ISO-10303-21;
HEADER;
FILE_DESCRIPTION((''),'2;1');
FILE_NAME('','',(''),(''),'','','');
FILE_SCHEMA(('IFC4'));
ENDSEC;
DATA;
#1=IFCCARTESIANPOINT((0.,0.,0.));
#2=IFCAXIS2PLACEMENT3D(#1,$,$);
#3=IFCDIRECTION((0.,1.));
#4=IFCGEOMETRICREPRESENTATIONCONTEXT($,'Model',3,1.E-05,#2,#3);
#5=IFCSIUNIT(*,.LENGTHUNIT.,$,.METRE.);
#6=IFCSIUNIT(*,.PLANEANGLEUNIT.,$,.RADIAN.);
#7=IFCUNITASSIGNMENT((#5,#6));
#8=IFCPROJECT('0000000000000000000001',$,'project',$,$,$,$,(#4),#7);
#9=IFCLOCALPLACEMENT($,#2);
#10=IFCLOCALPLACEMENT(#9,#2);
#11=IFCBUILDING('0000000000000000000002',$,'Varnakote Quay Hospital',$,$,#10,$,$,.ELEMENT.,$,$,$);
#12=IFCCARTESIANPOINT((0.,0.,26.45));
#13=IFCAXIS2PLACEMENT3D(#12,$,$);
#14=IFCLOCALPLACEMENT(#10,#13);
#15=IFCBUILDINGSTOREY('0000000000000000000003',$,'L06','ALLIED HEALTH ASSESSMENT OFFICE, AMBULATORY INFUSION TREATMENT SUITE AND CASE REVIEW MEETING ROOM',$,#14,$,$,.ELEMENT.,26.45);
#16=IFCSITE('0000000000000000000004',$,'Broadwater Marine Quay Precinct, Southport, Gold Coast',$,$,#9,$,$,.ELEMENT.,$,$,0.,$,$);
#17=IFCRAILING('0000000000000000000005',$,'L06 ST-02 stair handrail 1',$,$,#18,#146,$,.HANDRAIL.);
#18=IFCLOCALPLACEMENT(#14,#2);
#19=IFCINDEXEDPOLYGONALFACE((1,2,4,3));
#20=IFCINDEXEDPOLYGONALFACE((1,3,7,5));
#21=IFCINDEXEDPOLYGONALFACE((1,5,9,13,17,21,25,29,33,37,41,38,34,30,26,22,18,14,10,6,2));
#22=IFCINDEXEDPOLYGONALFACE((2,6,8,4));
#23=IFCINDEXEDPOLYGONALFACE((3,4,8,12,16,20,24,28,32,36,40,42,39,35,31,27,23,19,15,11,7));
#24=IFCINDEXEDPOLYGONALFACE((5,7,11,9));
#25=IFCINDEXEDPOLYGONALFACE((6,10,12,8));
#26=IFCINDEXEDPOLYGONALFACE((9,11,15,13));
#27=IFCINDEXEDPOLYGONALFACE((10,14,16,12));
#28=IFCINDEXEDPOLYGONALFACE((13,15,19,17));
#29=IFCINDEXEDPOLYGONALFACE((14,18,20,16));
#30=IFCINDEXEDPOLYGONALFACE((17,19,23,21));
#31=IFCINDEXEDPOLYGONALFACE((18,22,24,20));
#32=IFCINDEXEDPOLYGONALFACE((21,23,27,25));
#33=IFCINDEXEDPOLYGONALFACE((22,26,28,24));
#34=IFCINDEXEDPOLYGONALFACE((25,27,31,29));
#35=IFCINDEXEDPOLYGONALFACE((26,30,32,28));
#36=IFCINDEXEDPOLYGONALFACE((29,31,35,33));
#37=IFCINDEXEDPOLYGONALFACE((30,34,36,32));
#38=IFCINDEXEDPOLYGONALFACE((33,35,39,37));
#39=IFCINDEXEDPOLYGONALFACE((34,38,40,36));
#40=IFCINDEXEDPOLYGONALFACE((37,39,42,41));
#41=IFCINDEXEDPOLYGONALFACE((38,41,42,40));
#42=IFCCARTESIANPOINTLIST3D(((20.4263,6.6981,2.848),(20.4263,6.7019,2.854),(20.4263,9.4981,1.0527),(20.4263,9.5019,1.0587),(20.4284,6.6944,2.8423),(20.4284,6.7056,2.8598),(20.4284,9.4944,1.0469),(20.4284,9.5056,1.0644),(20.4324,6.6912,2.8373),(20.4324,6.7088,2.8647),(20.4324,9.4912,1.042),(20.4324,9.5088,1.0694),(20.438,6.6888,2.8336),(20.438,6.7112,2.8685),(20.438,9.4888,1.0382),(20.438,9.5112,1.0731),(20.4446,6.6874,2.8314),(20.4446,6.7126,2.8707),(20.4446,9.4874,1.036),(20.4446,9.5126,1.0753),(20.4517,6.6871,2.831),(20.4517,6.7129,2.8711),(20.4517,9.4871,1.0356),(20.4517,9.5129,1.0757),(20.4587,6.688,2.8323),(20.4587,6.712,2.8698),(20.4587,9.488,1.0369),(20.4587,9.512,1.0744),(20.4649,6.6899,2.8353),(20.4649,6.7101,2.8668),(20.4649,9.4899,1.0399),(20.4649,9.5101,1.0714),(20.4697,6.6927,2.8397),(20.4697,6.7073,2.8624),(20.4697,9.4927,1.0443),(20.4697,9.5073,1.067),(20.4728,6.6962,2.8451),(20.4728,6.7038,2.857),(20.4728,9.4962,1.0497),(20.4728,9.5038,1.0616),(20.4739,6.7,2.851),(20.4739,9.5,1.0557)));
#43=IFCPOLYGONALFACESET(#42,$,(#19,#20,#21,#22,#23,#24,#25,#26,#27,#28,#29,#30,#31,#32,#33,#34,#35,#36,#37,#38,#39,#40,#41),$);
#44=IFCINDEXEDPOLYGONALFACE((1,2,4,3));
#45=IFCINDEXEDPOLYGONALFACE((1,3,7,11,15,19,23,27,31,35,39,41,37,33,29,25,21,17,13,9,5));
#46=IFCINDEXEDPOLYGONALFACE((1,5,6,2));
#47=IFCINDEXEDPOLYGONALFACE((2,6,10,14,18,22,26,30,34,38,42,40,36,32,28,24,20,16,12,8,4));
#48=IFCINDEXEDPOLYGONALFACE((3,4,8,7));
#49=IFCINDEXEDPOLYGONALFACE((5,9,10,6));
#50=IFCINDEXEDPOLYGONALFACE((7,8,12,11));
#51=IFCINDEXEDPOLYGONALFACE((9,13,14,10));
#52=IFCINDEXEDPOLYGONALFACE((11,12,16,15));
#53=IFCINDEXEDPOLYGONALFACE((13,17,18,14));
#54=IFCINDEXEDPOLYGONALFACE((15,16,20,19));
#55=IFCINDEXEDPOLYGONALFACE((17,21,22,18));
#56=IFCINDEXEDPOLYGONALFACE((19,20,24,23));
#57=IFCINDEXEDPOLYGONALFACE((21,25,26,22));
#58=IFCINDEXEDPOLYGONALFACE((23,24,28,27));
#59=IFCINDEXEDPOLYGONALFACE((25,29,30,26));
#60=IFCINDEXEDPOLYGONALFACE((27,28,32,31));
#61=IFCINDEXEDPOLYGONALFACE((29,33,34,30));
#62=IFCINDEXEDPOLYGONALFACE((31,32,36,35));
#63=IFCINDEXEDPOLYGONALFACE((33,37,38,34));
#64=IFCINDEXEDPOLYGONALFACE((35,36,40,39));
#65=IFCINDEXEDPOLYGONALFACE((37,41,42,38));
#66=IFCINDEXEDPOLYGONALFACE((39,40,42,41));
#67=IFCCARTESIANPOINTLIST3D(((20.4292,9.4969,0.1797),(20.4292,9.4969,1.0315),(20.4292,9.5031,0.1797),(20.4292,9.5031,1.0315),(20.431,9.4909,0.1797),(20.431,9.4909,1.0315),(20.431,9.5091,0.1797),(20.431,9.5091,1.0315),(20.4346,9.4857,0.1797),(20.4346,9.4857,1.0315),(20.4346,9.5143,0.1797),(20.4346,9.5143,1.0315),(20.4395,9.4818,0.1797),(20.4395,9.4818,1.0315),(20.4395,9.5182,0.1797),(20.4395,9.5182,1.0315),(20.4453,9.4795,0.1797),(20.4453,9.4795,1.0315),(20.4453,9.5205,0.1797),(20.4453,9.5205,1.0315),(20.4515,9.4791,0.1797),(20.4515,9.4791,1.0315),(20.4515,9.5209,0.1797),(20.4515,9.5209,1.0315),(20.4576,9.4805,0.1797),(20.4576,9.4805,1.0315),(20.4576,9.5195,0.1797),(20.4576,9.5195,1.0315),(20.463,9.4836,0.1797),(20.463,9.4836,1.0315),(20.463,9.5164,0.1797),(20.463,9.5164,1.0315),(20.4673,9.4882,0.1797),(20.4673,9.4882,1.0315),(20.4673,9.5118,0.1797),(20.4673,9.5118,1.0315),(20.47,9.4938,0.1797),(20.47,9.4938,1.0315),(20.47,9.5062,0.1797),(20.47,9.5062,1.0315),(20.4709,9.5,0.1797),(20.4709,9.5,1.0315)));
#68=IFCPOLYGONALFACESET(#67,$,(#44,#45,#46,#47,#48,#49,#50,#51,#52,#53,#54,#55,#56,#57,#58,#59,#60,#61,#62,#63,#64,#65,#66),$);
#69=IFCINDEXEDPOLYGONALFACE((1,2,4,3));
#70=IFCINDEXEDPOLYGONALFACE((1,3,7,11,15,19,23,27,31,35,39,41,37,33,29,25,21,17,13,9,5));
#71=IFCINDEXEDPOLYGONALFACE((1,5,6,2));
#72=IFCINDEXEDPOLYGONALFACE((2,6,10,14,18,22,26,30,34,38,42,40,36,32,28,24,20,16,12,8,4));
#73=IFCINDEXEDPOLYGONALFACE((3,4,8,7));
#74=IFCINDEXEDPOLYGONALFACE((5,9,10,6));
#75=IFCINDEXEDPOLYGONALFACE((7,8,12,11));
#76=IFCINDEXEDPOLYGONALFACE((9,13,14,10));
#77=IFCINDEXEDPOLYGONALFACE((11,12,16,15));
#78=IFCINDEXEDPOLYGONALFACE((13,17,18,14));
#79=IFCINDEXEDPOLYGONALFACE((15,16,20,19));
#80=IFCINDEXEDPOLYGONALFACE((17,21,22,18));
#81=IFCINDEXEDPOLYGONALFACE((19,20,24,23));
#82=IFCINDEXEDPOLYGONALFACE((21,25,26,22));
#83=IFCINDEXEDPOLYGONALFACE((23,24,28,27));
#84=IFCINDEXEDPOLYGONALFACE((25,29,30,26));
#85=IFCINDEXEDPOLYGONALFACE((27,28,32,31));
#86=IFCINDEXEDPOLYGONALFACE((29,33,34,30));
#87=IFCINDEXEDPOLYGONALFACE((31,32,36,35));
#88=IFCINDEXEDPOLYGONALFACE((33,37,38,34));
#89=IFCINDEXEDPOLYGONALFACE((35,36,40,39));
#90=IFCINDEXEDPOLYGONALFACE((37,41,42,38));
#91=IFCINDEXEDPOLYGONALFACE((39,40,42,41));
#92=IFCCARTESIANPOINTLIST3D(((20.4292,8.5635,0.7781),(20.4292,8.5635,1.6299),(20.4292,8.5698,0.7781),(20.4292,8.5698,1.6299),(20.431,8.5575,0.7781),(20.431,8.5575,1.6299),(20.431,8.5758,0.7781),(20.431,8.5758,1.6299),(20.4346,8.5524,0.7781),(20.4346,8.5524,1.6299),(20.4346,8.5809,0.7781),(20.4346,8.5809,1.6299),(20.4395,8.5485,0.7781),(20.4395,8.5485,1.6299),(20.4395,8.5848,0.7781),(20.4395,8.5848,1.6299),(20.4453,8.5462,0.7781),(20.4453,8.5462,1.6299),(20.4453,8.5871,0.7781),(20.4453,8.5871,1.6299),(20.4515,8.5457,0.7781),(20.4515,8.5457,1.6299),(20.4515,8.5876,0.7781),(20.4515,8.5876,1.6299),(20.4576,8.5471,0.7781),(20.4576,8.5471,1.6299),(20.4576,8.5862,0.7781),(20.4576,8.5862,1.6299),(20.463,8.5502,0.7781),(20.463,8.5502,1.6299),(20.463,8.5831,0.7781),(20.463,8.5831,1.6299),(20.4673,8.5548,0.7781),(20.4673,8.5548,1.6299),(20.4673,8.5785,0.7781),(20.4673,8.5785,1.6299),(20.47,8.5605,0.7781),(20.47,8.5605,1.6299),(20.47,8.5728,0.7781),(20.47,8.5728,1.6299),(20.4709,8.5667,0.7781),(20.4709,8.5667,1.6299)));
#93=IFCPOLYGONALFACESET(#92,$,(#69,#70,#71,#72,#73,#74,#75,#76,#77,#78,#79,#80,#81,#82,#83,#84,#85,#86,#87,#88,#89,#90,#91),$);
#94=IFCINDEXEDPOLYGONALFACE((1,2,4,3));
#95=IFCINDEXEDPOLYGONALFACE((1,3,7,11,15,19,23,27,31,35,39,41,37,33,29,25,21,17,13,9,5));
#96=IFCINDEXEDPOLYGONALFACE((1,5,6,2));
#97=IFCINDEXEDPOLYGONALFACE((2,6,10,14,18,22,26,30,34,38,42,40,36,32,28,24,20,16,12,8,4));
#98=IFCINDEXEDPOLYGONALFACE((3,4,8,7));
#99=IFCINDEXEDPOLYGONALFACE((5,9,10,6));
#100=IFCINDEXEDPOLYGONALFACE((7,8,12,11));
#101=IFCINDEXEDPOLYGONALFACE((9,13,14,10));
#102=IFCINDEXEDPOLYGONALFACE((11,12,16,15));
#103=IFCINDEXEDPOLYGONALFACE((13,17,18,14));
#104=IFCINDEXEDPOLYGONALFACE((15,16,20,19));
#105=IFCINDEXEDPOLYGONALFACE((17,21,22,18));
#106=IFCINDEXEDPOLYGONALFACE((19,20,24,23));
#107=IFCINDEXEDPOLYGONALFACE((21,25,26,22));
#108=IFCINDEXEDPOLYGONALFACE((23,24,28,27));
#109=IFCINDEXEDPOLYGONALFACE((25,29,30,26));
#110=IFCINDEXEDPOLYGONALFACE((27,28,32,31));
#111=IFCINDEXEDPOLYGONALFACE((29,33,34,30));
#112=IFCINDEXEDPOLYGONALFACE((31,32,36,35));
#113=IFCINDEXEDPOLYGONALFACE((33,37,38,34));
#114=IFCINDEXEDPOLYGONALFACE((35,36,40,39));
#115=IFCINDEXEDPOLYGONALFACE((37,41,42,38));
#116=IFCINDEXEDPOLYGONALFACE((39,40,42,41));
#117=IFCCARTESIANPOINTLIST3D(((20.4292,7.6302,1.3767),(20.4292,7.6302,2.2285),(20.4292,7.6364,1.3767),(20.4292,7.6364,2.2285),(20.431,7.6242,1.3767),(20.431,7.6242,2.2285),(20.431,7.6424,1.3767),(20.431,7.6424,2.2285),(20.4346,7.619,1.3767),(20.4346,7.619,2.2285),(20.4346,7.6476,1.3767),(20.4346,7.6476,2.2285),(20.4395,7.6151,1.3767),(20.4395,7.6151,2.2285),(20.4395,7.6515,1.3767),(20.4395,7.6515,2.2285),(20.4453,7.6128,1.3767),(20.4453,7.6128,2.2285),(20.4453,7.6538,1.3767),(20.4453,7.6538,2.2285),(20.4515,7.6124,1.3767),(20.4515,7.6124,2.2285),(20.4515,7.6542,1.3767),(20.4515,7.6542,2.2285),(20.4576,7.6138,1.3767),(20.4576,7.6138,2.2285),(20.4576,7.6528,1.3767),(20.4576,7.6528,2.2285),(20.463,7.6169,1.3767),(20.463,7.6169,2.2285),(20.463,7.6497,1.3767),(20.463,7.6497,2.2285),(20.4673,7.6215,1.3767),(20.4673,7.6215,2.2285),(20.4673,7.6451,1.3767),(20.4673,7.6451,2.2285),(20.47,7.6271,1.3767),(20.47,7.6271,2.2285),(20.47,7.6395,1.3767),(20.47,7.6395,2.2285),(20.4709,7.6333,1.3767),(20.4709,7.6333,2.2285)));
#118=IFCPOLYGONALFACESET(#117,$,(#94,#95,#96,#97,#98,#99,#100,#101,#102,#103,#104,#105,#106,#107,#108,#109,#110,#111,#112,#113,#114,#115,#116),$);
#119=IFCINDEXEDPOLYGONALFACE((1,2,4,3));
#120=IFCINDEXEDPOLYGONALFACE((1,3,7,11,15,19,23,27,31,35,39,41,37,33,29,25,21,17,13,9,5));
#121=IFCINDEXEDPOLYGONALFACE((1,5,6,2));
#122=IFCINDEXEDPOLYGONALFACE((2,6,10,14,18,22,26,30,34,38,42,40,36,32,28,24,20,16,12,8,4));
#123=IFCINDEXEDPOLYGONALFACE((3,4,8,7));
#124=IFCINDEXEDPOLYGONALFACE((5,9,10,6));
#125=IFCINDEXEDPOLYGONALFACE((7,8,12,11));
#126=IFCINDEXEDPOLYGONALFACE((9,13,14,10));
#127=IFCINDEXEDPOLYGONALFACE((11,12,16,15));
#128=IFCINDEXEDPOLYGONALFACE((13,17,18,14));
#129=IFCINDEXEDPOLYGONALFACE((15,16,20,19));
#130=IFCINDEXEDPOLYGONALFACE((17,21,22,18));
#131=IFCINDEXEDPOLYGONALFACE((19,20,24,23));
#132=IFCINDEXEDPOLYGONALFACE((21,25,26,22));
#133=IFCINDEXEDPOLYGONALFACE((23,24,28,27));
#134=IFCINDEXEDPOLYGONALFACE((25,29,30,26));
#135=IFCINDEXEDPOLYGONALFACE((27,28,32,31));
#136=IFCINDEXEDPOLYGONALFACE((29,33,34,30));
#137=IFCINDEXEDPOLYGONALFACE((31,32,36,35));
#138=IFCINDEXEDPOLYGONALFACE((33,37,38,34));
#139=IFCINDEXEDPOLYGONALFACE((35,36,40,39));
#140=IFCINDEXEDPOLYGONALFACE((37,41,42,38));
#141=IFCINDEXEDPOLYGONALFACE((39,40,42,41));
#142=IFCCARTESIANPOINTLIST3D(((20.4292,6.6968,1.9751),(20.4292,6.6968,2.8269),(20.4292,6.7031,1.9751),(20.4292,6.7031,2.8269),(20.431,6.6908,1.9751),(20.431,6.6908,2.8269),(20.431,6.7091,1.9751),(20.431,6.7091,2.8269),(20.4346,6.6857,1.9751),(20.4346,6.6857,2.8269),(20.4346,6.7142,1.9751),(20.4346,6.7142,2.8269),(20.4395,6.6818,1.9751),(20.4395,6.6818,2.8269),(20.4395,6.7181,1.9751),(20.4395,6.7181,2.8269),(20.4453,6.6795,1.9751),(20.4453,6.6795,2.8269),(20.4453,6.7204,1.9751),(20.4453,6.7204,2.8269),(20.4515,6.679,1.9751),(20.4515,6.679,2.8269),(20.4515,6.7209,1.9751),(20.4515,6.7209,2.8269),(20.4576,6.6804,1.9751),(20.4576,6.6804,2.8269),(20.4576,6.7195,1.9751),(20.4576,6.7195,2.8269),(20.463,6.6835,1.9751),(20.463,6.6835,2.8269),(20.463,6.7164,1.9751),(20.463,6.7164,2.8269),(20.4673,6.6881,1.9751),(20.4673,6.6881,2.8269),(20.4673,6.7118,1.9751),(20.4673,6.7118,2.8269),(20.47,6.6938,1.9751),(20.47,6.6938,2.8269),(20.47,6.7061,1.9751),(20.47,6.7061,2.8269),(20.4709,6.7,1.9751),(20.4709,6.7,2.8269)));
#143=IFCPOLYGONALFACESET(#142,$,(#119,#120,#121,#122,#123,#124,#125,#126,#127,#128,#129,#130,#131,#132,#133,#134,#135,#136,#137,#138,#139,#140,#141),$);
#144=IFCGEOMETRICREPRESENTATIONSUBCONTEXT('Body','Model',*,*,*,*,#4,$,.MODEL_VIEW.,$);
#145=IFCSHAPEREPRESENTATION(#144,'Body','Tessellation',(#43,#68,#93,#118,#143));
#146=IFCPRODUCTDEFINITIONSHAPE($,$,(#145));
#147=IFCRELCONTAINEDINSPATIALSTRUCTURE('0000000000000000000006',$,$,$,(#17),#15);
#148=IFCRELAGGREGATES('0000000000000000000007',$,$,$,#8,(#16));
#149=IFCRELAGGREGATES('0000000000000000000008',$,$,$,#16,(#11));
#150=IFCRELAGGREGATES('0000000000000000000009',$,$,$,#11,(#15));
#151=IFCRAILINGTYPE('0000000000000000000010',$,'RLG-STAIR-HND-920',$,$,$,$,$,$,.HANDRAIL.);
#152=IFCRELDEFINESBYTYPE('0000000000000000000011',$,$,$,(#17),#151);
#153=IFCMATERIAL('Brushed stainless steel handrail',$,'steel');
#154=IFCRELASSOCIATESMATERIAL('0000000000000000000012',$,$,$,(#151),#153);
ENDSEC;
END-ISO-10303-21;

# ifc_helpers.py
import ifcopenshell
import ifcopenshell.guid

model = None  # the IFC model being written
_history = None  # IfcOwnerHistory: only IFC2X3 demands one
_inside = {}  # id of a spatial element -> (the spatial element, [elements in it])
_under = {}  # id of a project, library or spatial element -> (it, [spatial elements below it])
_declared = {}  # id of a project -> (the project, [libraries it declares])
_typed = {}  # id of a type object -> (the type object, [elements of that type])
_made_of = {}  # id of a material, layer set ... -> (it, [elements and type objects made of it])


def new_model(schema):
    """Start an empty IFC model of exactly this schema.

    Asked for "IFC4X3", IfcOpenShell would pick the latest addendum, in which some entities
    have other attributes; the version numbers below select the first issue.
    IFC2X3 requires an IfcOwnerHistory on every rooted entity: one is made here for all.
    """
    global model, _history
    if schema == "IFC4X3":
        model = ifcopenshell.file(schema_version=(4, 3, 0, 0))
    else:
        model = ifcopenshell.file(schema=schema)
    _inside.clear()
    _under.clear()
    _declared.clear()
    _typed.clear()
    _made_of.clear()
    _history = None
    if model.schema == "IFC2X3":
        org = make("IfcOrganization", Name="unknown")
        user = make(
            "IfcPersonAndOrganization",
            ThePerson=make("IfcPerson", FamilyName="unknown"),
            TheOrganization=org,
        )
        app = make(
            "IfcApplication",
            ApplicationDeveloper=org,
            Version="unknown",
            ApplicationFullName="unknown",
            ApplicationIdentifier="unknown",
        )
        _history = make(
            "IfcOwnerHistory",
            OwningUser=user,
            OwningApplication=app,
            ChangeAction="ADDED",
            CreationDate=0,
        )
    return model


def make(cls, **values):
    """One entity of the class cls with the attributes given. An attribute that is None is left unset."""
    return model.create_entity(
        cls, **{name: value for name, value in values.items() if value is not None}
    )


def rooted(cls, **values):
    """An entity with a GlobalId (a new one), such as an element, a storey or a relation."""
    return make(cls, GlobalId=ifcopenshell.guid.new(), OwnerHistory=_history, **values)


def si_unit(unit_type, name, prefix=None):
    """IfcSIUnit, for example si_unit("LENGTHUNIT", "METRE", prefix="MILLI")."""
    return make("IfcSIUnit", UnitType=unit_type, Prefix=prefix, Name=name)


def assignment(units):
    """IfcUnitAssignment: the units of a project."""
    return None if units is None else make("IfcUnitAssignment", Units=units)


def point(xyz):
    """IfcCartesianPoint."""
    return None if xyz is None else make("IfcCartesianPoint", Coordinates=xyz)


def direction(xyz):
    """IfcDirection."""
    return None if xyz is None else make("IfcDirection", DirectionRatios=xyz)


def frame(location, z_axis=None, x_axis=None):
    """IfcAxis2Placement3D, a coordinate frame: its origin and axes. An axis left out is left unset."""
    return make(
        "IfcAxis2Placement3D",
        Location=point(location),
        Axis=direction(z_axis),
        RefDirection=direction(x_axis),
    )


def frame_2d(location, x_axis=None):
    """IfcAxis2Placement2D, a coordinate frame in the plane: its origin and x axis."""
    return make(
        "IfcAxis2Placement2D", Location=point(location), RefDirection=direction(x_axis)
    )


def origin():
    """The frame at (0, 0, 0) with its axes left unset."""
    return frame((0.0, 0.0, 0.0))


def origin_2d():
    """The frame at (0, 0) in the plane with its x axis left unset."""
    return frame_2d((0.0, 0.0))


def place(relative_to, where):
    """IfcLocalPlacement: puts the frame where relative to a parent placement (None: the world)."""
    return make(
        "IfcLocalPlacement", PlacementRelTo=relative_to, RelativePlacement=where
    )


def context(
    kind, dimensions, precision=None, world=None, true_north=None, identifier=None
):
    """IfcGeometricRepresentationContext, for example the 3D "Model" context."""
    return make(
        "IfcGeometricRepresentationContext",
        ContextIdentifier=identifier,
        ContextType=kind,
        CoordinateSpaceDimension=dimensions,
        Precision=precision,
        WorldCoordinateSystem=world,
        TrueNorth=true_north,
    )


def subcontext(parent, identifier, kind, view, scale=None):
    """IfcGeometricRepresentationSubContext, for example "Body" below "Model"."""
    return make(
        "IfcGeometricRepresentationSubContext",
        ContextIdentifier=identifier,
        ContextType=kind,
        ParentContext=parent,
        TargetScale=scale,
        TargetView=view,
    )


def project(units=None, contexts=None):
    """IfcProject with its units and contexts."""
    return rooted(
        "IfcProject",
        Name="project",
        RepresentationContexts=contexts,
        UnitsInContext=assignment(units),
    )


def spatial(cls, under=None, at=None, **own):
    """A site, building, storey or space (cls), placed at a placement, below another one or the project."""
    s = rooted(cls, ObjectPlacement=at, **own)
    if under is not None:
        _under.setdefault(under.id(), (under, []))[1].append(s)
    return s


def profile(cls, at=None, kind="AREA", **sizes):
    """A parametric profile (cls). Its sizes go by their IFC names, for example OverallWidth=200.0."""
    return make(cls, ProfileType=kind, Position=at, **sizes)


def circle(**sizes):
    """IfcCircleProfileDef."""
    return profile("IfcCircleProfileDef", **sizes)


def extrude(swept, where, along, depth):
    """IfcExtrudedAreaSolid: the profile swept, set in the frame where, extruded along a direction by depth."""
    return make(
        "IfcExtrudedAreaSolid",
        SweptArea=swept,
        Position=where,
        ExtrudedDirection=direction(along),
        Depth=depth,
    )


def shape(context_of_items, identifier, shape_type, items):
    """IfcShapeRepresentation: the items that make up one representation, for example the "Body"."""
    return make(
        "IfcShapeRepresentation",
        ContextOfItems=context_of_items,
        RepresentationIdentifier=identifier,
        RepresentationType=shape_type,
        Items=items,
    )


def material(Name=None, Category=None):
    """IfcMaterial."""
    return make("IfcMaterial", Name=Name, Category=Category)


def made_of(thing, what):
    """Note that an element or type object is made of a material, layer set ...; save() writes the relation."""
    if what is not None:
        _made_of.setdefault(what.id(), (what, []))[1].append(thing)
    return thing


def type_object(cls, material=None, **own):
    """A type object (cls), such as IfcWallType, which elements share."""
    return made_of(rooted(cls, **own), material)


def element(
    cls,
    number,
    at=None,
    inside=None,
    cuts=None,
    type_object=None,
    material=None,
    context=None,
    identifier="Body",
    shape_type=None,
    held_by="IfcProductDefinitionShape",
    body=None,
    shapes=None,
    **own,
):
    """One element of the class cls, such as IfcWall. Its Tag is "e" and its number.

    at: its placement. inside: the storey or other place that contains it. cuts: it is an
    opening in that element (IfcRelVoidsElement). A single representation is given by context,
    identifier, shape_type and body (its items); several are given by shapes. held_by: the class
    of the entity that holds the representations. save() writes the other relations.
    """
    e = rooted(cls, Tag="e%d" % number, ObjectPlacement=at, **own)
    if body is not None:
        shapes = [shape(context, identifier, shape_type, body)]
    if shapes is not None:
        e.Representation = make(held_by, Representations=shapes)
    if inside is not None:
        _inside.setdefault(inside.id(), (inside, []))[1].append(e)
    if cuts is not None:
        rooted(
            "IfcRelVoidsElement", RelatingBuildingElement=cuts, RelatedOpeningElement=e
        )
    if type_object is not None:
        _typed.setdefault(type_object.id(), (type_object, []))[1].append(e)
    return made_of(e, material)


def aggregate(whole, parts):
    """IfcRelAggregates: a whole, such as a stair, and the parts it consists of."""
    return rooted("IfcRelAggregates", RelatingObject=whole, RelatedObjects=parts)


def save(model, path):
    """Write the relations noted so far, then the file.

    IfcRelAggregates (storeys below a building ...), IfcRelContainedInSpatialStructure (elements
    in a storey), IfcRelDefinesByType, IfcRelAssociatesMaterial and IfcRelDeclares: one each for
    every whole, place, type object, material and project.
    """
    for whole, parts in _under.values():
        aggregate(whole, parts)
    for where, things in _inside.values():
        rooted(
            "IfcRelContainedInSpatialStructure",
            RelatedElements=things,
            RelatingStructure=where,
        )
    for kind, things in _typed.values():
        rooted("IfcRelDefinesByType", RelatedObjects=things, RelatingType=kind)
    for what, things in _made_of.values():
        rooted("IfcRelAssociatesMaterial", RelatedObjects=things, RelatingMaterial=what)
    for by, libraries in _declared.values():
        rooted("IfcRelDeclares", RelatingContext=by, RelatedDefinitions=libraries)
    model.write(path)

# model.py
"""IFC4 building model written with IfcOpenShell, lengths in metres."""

from ifc_helpers import new_model, si_unit, direction, frame, origin, origin_2d, place, context, subcontext, project, spatial, circle, extrude, material, type_object, element, save


model = new_model("IFC4")

# Units and contexts
model_context = context("Model", 3, precision=1e-05, world=origin(), true_north=direction((0.0, 1.0)))
body_context = subcontext(model_context, "Body", "Model", "MODEL_VIEW")
ifc_project = project(units=[si_unit("LENGTHUNIT", "METRE"), si_unit("PLANEANGLEUNIT", "RADIAN")], contexts=[model_context])

# Site, building, storey
site_placement = place(None, origin())
site = spatial("IfcSite", under=ifc_project, at=site_placement, Name="Broadwater Marine Quay Precinct, Southport, Gold Coast", CompositionType="ELEMENT", RefElevation=0.0)
building_placement = place(site_placement, origin())
building = spatial("IfcBuilding", under=site, at=building_placement, Name="Varnakote Quay Hospital", CompositionType="ELEMENT")
storey_placement = place(building_placement, frame((0.0, 0.0, 26.45)))
storey = spatial("IfcBuildingStorey", under=building, at=storey_placement, Name="L06", Description="ALLIED HEALTH ASSESSMENT OFFICE, AMBULATORY INFUSION TREATMENT SUITE AND CASE REVIEW MEETING ROOM", CompositionType="ELEMENT", Elevation=26.45)

# Railing
ifc_material_1 = material(Name="Brushed stainless steel handrail", Category="steel")
railing_type_1 = type_object("IfcRailingType", Name="RLG-STAIR-HND-920", PredefinedType="HANDRAIL", material=ifc_material_1)
railing_1_placement = place(storey_placement, frame((20.45, 9.5, 0.1797)))
element("IfcRailing", 1, at=railing_1_placement, inside=storey, type_object=railing_type_1, Name="L06 ST-02 stair handrail 1", PredefinedType="HANDRAIL", context=body_context, shape_type="SweptSolid", body=[
    extrude(circle(Radius=0.0239, at=origin_2d()), frame((0.0, 0.0, 0.876), z_axis=(0.0, -0.84181, 0.539774), x_axis=(1.0, 0.0, 0.0)), (0.0, 0.0, 1.0), 3.3262),
    extrude(circle(Radius=0.021, at=origin_2d()), origin(), (0.0, 0.0, 1.0), 0.8518),
    extrude(circle(Radius=0.021, at=origin_2d()), frame((0.0, -0.9333, 0.5984)), (0.0, 0.0, 1.0), 0.8518),
    extrude(circle(Radius=0.021, at=origin_2d()), frame((0.0, -1.8667, 1.197)), (0.0, 0.0, 1.0), 0.8518),
    extrude(circle(Radius=0.021, at=origin_2d()), frame((0.0, -2.8, 1.7954)), (0.0, 0.0, 1.0), 0.8518),
])

save(model, "model.ifc")
